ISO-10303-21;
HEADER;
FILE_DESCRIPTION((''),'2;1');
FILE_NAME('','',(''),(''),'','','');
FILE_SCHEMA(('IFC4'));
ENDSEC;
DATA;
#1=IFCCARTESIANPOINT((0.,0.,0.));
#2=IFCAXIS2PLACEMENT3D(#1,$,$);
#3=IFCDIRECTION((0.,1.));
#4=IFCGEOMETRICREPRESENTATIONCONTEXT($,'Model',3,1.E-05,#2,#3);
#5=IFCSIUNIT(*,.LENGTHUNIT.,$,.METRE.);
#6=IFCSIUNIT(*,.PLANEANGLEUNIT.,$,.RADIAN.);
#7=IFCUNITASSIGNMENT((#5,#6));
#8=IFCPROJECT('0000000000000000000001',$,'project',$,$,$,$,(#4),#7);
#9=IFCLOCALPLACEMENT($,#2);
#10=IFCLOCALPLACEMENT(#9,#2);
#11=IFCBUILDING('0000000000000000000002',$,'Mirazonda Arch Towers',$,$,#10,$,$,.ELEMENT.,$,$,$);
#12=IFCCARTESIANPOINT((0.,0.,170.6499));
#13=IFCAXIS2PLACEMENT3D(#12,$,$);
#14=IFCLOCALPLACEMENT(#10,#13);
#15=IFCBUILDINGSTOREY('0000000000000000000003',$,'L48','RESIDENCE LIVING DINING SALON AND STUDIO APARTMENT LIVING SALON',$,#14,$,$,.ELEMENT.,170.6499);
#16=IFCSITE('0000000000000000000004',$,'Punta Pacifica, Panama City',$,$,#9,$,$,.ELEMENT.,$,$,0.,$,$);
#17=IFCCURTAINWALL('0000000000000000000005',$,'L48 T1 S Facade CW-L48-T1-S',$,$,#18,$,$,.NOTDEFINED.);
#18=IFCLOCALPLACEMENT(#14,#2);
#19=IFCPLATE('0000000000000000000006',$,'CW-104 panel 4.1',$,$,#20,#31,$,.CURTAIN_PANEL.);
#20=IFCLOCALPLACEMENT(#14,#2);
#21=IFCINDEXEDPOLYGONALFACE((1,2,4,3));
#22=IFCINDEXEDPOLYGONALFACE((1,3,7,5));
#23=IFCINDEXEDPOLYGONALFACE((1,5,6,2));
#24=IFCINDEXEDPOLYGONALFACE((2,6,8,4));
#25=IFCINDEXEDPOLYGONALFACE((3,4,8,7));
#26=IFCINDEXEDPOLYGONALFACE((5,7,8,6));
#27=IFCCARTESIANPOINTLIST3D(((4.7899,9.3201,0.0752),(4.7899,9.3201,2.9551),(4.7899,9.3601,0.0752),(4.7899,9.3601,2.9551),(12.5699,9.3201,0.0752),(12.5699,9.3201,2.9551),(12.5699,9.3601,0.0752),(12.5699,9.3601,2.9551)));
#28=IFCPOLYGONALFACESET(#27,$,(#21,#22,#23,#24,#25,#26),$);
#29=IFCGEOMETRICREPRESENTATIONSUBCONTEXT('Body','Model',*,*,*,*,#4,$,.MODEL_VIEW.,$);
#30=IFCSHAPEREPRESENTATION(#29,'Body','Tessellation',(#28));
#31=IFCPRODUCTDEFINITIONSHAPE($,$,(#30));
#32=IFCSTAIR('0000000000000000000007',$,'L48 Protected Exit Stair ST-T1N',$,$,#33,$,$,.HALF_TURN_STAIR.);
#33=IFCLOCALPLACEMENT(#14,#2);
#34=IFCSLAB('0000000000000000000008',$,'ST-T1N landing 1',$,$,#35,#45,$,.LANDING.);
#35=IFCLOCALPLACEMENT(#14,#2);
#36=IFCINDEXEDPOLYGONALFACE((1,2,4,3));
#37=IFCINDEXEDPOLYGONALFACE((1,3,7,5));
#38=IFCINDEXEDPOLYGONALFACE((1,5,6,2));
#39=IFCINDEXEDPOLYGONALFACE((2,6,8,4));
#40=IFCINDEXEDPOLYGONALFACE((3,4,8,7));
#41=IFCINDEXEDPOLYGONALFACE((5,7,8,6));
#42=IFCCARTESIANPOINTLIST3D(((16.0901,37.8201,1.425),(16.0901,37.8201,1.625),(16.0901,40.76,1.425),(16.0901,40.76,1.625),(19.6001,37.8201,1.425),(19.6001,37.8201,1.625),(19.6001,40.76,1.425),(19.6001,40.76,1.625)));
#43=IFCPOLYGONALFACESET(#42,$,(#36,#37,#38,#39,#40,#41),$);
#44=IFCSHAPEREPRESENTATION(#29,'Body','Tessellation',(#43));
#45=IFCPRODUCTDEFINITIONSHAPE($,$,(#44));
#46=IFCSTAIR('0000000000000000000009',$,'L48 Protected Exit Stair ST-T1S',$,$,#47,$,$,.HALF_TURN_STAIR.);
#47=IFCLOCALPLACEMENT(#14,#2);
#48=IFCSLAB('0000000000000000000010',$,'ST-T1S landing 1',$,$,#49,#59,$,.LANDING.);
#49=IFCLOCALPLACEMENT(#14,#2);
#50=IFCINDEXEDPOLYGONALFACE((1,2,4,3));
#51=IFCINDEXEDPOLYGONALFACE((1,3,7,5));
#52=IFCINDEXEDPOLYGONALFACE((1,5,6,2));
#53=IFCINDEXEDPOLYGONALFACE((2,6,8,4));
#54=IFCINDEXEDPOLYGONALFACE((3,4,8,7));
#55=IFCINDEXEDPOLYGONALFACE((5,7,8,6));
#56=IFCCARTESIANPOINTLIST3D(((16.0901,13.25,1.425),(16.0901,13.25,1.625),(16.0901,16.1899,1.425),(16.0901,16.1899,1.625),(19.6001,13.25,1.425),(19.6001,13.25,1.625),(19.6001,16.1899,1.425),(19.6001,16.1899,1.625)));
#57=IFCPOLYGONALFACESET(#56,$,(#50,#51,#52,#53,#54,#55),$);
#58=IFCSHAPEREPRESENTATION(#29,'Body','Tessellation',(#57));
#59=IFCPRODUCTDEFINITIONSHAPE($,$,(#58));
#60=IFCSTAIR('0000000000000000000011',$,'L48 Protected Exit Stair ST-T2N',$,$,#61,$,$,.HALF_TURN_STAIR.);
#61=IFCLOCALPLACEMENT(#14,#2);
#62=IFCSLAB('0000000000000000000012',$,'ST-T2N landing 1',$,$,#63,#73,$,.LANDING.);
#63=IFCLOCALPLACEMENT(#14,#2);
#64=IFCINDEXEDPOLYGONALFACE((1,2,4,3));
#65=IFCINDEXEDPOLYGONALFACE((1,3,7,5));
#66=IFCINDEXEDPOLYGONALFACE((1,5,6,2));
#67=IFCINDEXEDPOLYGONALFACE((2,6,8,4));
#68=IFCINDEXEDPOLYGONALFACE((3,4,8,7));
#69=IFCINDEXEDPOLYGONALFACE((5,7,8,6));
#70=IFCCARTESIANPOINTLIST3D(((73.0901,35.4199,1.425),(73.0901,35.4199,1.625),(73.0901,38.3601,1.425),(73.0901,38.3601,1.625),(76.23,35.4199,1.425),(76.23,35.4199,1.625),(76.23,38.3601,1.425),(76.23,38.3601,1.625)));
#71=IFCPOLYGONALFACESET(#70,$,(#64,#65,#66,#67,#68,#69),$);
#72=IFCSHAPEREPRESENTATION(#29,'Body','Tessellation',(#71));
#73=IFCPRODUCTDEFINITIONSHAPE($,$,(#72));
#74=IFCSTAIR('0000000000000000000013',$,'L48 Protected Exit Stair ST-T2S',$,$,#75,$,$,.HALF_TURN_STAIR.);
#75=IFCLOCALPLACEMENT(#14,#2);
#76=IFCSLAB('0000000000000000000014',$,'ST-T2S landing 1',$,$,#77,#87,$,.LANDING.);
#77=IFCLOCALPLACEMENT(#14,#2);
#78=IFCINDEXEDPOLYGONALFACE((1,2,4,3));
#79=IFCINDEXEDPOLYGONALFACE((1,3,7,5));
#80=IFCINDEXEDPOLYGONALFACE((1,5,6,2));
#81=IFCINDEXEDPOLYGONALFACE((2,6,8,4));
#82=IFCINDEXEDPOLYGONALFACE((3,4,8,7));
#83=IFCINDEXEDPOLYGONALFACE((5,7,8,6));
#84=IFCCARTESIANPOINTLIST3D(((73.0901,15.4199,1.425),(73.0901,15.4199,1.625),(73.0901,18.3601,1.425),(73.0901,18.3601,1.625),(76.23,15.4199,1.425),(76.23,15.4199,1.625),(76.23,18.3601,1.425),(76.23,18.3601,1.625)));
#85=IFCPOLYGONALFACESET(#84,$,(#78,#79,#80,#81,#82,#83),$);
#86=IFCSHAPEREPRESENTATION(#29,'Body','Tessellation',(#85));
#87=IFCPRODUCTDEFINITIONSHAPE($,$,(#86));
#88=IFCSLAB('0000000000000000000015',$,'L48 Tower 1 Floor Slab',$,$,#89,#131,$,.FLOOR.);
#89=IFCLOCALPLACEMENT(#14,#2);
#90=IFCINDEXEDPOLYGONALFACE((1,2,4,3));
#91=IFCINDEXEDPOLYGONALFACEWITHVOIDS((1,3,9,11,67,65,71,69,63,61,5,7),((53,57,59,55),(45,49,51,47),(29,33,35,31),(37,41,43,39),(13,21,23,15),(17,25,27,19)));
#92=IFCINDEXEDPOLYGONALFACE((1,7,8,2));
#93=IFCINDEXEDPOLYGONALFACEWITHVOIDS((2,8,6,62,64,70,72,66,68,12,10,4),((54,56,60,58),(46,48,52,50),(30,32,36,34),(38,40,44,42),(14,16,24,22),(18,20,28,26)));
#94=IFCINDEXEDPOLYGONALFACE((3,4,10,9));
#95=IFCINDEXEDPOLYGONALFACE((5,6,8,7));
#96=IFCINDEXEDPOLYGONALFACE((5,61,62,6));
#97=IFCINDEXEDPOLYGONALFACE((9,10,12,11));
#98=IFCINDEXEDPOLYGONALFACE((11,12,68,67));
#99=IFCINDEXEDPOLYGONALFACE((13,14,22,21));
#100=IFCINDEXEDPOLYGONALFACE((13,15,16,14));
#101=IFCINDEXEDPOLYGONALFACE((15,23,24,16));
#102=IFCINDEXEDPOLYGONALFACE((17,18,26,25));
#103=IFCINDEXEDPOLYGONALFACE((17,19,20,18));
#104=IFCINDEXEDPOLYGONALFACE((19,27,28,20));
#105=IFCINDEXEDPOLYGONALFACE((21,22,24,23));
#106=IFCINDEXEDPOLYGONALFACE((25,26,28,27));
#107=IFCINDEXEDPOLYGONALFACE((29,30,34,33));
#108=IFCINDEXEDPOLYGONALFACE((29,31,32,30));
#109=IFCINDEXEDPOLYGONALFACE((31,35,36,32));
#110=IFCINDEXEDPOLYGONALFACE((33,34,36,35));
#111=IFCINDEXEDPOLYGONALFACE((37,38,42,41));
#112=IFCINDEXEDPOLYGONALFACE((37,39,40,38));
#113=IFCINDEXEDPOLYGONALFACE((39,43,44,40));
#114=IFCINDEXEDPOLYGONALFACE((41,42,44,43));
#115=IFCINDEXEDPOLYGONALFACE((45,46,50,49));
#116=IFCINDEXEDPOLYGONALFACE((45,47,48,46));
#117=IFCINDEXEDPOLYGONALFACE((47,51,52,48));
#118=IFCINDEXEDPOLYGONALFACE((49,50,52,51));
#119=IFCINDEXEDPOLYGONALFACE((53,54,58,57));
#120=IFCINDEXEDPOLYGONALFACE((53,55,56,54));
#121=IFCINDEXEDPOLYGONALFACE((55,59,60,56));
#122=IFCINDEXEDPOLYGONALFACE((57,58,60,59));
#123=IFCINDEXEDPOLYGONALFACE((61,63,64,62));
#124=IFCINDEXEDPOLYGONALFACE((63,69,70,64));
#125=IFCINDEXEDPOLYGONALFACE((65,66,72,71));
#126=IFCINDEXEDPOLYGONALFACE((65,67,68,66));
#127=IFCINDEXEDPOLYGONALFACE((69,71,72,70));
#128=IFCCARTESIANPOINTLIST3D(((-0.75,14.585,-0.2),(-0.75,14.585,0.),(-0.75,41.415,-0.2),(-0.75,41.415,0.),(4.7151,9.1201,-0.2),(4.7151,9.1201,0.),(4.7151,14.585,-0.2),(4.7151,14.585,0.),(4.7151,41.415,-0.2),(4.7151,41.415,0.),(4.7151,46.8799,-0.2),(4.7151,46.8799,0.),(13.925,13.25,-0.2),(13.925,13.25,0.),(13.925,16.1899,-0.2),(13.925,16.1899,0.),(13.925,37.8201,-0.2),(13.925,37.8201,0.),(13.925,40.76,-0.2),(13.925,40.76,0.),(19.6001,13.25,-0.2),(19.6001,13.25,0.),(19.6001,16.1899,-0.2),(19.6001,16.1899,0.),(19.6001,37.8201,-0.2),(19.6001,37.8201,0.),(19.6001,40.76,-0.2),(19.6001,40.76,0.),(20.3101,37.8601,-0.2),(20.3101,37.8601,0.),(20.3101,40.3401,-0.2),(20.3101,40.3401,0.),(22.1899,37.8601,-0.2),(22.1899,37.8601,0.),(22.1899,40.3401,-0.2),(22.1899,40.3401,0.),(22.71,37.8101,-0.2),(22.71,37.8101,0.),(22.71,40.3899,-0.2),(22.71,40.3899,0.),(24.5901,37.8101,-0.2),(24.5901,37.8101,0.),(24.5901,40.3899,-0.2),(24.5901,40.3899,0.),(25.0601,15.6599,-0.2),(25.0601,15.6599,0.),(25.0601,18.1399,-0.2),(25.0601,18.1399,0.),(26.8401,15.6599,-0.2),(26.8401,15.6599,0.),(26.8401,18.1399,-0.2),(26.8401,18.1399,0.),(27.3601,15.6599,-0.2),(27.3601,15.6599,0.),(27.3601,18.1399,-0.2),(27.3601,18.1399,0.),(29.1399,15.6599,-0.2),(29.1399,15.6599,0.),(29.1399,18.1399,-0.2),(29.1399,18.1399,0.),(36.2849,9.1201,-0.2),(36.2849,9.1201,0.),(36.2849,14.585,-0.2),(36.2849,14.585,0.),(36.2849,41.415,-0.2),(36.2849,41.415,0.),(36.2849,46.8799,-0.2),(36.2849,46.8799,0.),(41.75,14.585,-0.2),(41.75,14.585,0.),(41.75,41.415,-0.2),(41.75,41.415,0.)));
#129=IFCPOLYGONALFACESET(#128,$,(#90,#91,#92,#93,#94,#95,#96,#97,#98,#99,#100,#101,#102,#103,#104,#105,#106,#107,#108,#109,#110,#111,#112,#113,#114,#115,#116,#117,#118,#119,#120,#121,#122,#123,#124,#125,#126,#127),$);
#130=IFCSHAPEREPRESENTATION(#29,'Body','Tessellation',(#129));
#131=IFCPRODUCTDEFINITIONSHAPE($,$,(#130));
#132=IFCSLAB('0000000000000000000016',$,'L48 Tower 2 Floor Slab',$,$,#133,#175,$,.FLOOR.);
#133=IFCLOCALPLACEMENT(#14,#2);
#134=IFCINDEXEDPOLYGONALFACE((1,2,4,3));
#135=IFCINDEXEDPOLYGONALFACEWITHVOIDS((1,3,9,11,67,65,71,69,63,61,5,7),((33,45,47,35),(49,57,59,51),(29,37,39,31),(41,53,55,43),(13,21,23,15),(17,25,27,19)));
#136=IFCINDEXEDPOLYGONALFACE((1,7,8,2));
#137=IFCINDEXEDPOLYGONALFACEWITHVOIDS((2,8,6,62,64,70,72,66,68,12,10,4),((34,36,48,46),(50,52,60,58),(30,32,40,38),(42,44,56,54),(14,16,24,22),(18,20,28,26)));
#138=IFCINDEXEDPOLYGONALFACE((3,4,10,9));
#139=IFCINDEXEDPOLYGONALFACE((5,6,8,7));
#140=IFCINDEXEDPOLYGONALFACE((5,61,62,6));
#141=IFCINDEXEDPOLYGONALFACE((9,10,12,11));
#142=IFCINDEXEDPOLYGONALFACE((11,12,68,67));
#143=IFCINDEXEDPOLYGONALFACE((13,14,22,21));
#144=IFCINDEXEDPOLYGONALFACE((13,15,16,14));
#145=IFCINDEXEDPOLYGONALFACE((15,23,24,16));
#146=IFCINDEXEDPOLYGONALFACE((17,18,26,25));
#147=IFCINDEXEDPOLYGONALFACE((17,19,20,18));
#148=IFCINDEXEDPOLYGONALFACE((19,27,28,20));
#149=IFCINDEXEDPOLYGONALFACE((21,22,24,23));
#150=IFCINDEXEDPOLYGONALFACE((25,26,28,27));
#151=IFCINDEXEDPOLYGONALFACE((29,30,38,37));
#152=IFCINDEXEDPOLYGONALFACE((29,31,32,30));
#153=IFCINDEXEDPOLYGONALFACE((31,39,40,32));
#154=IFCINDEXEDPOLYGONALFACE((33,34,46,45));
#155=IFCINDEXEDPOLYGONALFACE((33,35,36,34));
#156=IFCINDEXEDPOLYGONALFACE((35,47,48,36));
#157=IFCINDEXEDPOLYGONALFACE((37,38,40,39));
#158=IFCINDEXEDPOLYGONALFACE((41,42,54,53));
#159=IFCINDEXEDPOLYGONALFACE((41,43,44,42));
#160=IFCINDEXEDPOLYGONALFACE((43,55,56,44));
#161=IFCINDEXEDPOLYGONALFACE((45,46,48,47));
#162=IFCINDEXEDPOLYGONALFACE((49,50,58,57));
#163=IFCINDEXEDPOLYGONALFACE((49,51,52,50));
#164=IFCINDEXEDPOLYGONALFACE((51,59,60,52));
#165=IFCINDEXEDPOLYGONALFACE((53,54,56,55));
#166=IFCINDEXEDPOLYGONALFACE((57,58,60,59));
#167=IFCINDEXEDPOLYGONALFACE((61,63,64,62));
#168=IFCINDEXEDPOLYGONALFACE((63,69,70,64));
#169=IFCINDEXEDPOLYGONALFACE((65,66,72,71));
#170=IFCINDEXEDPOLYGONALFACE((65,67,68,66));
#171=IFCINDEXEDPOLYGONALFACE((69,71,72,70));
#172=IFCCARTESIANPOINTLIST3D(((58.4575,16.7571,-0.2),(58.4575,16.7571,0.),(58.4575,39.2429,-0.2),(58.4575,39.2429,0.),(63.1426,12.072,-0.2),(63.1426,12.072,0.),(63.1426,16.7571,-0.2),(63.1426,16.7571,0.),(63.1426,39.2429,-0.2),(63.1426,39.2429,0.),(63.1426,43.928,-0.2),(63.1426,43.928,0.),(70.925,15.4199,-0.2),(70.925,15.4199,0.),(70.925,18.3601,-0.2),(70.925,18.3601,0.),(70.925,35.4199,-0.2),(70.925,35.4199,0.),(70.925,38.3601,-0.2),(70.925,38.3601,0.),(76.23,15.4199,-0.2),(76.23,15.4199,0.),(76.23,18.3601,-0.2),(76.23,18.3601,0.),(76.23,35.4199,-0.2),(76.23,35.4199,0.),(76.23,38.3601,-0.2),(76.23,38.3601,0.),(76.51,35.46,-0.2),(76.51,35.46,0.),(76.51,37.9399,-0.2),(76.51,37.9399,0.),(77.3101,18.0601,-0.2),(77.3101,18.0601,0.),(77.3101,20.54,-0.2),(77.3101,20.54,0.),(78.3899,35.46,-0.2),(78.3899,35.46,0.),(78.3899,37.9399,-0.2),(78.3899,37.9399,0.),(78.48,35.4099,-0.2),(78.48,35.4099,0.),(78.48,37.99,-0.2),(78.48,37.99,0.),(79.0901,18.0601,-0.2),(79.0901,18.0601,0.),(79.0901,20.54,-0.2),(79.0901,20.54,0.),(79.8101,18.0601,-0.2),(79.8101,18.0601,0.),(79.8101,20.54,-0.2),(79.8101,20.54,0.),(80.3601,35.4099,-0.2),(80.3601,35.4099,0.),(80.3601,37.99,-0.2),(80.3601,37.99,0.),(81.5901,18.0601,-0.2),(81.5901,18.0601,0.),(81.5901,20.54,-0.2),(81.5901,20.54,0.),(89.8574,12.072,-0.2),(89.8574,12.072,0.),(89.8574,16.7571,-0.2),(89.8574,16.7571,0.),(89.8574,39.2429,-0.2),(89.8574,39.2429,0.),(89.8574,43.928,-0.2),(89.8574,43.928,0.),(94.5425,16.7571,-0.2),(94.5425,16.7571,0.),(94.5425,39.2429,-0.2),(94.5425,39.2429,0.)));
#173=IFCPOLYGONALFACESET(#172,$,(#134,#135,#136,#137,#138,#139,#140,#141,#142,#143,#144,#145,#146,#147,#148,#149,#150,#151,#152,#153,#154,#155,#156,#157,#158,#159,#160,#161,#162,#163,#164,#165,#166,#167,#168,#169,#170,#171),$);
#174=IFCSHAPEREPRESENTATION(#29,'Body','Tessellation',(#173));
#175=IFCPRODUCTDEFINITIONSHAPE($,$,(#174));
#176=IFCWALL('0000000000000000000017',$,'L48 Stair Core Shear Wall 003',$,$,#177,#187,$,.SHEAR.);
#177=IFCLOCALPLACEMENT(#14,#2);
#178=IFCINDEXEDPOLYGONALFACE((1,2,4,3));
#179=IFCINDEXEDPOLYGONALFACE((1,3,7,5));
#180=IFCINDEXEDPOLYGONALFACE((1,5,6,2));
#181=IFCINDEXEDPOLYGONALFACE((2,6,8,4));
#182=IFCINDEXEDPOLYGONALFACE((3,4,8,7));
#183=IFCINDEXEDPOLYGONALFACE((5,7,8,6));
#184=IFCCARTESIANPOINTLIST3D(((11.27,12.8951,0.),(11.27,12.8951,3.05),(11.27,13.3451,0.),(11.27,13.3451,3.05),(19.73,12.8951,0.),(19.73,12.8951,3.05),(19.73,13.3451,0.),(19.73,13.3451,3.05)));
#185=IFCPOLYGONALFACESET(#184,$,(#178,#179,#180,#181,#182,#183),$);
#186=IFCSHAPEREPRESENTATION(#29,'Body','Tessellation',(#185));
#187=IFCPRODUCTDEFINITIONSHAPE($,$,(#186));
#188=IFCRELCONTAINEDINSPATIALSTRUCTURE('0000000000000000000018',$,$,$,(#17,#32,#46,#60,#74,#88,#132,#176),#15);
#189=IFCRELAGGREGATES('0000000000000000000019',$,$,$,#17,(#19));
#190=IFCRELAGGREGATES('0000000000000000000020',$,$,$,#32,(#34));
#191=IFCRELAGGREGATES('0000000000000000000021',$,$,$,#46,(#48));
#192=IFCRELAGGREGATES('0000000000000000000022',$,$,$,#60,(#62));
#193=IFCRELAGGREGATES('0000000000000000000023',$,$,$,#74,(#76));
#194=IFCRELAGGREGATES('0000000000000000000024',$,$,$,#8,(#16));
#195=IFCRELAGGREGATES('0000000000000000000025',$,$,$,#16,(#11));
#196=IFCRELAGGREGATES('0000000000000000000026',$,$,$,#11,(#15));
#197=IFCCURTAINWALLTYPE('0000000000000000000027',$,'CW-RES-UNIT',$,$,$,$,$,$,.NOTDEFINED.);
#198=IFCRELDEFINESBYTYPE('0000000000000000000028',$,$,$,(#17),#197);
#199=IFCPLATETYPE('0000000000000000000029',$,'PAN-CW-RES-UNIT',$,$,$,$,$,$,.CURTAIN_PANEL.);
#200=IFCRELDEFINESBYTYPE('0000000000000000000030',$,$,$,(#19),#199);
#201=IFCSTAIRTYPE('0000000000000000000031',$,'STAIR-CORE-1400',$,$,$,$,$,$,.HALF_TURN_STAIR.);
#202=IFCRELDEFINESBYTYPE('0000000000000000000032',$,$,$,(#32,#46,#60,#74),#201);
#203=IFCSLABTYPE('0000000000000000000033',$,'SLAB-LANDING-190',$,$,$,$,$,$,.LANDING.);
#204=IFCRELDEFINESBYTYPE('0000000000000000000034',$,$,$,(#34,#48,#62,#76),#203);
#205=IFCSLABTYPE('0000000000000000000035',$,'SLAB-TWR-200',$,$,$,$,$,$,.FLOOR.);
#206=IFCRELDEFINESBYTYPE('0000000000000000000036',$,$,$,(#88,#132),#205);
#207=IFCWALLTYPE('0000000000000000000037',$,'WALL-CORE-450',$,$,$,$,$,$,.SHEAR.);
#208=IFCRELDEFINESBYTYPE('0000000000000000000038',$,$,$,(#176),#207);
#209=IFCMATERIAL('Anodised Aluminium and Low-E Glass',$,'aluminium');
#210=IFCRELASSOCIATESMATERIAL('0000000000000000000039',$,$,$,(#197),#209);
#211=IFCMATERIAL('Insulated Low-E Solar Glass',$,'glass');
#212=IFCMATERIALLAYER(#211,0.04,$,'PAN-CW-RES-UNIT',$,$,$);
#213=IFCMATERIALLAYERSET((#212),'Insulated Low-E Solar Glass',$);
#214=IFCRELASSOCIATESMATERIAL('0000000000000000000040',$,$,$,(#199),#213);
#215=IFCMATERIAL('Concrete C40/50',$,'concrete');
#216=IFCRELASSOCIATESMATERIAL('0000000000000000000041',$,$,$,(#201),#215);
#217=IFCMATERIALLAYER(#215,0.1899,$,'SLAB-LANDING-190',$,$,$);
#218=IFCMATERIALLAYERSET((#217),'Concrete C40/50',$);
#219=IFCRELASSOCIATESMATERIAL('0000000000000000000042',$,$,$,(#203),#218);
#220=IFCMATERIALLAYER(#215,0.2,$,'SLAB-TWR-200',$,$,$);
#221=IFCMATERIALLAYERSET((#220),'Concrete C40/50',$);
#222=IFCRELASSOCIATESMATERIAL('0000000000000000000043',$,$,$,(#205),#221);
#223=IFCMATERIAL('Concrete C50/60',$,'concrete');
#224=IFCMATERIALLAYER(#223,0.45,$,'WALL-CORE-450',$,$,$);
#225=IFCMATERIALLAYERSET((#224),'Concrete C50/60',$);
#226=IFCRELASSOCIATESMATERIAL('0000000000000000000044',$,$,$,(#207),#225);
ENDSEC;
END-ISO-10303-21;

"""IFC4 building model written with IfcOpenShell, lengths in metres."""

from ifc_helpers import new_model, si_unit, direction, frame, frame_2d, origin, origin_2d, place, context, subcontext, project, spatial, polyline, rectangle, outline, extrude, material, layer, layer_set, type_object, element, aggregate, save


model = new_model("IFC4")

# Units and contexts
model_context = context("Model", 3, precision=1e-05, world=origin(), true_north=direction((0.0, 1.0)))
body_context = subcontext(model_context, "Body", "Model", "MODEL_VIEW")
ifc_project = project(units=[si_unit("LENGTHUNIT", "METRE"), si_unit("PLANEANGLEUNIT", "RADIAN")], contexts=[model_context])

# Site, building, storey
site_placement = place(None, origin())
site = spatial("IfcSite", under=ifc_project, at=site_placement, Name="Punta Pacifica, Panama City", CompositionType="ELEMENT", RefElevation=0.0)
building_placement = place(site_placement, origin())
building = spatial("IfcBuilding", under=site, at=building_placement, Name="Mirazonda Arch Towers", CompositionType="ELEMENT")
storey_placement = place(building_placement, frame((0.0, 0.0, 170.6499)))
storey = spatial("IfcBuildingStorey", under=building, at=storey_placement, Name="L48", Description="RESIDENCE LIVING DINING SALON AND STUDIO APARTMENT LIVING SALON", CompositionType="ELEMENT", Elevation=170.6499)

# Shared definitions
ifc_material_1 = material(Name="Concrete C50/60", Category="concrete")

# Curtain wall
ifc_material_2 = material(Name="Anodised Aluminium and Low-E Glass", Category="aluminium")
curtain_wall_type = type_object("IfcCurtainWallType", Name="CW-RES-UNIT", PredefinedType="NOTDEFINED", material=ifc_material_2)
curtain_wall_1_placement = place(storey_placement, origin())
curtain_wall_1 = element("IfcCurtainWall", 1, at=curtain_wall_1_placement, inside=storey, type_object=curtain_wall_type, Name="L48 T1 S Facade CW-L48-T1-S", PredefinedType="NOTDEFINED")

# Plate
ifc_material_3 = material(Name="Insulated Low-E Solar Glass", Category="glass")
ifc_layer_1 = layer(ifc_material_3, 0.04, Name="PAN-CW-RES-UNIT")
ifc_layer_set_1 = layer_set([ifc_layer_1], Name="Insulated Low-E Solar Glass")
plate_type = type_object("IfcPlateType", Name="PAN-CW-RES-UNIT", PredefinedType="CURTAIN_PANEL", material=ifc_layer_set_1)
plate_placement = place(storey_placement, frame((8.6799, 9.3401, 0.0752), z_axis=(0.0, 0.0, 1.0), x_axis=(-1.0, 0.0, 0.0)))
plate = element("IfcPlate", 2, at=plate_placement, type_object=plate_type, Name="CW-104 panel 4.1", PredefinedType="CURTAIN_PANEL", context=body_context, shape_type="SweptSolid", body=[
    extrude(rectangle(XDim=7.78, YDim=0.04, at=origin_2d()), origin(), (0.0, 0.0, 1.0), 2.8799),
])
aggregate(curtain_wall_1, [plate])

# Stairs, slabs
ifc_material_4 = material(Name="Concrete C40/50", Category="concrete")
stair_type = type_object("IfcStairType", Name="STAIR-CORE-1400", PredefinedType="HALF_TURN_STAIR", material=ifc_material_4)
stair_1_placement = place(storey_placement, origin())
stair_1 = element("IfcStair", 3, at=stair_1_placement, inside=storey, type_object=stair_type, Name="L48 Protected Exit Stair ST-T1N", PredefinedType="HALF_TURN_STAIR")
ifc_layer_2 = layer(ifc_material_4, 0.1899, Name="SLAB-LANDING-190")
ifc_layer_set_2 = layer_set([ifc_layer_2], Name="Concrete C40/50")
slab_type_1 = type_object("IfcSlabType", Name="SLAB-LANDING-190", PredefinedType="LANDING", material=ifc_layer_set_2)
slab_1_placement = place(storey_placement, frame((0.0, 0.0, 1.425)))
slab_1 = element("IfcSlab", 4, at=slab_1_placement, type_object=slab_type_1, Name="ST-T1N landing 1", PredefinedType="LANDING", context=body_context, shape_type="SweptSolid", body=[
    extrude(outline(polyline([(16.0901, 37.8201), (19.6001, 37.8201), (19.6001, 40.76), (16.0901, 40.76), (16.0901, 37.8201)])), origin(), (0.0, 0.0, 1.0), 0.2),
])
aggregate(stair_1, [slab_1])
stair_2_placement = place(storey_placement, origin())
stair_2 = element("IfcStair", 5, at=stair_2_placement, inside=storey, type_object=stair_type, Name="L48 Protected Exit Stair ST-T1S", PredefinedType="HALF_TURN_STAIR")
slab_2_placement = place(storey_placement, frame((0.0, 0.0, 1.425)))
slab_2 = element("IfcSlab", 6, at=slab_2_placement, type_object=slab_type_1, Name="ST-T1S landing 1", PredefinedType="LANDING", context=body_context, shape_type="SweptSolid", body=[
    extrude(outline(polyline([(16.0901, 13.25), (19.6001, 13.25), (19.6001, 16.1899), (16.0901, 16.1899), (16.0901, 13.25)])), origin(), (0.0, 0.0, 1.0), 0.2),
])
aggregate(stair_2, [slab_2])
stair_3_placement = place(storey_placement, origin())
stair_3 = element("IfcStair", 7, at=stair_3_placement, inside=storey, type_object=stair_type, Name="L48 Protected Exit Stair ST-T2N", PredefinedType="HALF_TURN_STAIR")
slab_3_placement = place(storey_placement, frame((0.0, 0.0, 1.425)))
slab_3 = element("IfcSlab", 8, at=slab_3_placement, type_object=slab_type_1, Name="ST-T2N landing 1", PredefinedType="LANDING", context=body_context, shape_type="SweptSolid", body=[
    extrude(outline(polyline([(73.0901, 35.4199), (76.23, 35.4199), (76.23, 38.3601), (73.0901, 38.3601), (73.0901, 35.4199)])), origin(), (0.0, 0.0, 1.0), 0.2),
])
aggregate(stair_3, [slab_3])
stair_4_placement = place(storey_placement, origin())
stair_4 = element("IfcStair", 9, at=stair_4_placement, inside=storey, type_object=stair_type, Name="L48 Protected Exit Stair ST-T2S", PredefinedType="HALF_TURN_STAIR")
slab_4_placement = place(storey_placement, frame((0.0, 0.0, 1.425)))
slab_4 = element("IfcSlab", 10, at=slab_4_placement, type_object=slab_type_1, Name="ST-T2S landing 1", PredefinedType="LANDING", context=body_context, shape_type="SweptSolid", body=[
    extrude(outline(polyline([(73.0901, 15.4199), (76.23, 15.4199), (76.23, 18.3601), (73.0901, 18.3601), (73.0901, 15.4199)])), origin(), (0.0, 0.0, 1.0), 0.2),
])
aggregate(stair_4, [slab_4])

# Slabs
ifc_layer_3 = layer(ifc_material_4, 0.2, Name="SLAB-TWR-200")
ifc_layer_set_3 = layer_set([ifc_layer_3], Name="Concrete C40/50")
slab_type_2 = type_object("IfcSlabType", Name="SLAB-TWR-200", PredefinedType="FLOOR", material=ifc_layer_set_3)
slab_5_placement = place(storey_placement, frame((0.0, 0.0, -0.2)))
element("IfcSlab", 11, at=slab_5_placement, inside=storey, type_object=slab_type_2, Name="L48 Tower 1 Floor Slab", PredefinedType="FLOOR", context=body_context, shape_type="SweptSolid", body=[
    extrude(outline(polyline([(4.7151, 9.1201), (36.2849, 9.1201), (36.2849, 14.585), (41.75, 14.585), (41.75, 41.415), (36.2849, 41.415), (36.2849, 46.8799), (4.7151, 46.8799), (4.7151, 41.415), (-0.75, 41.415), (-0.75, 14.585), (4.7151, 14.585), (4.7151, 9.1201)]), holes=[polyline([(27.3601, 18.1399), (29.1399, 18.1399), (29.1399, 15.6599), (27.3601, 15.6599), (27.3601, 18.1399)]), polyline([(25.0601, 18.1399), (26.8401, 18.1399), (26.8401, 15.6599), (25.0601, 15.6599), (25.0601, 18.1399)]), polyline([(22.71, 40.3899), (24.5901, 40.3899), (24.5901, 37.8101), (22.71, 37.8101), (22.71, 40.3899)]), polyline([(20.3101, 37.8601), (20.3101, 40.3401), (22.1899, 40.3401), (22.1899, 37.8601), (20.3101, 37.8601)]), polyline([(19.6001, 13.25), (13.925, 13.25), (13.925, 16.1899), (19.6001, 16.1899), (19.6001, 13.25)]), polyline([(13.925, 37.8201), (13.925, 40.76), (19.6001, 40.76), (19.6001, 37.8201), (13.925, 37.8201)])]), origin(), (0.0, 0.0, 1.0), 0.2),
])
slab_6_placement = place(storey_placement, frame((0.0, 0.0, -0.2)))
element("IfcSlab", 12, at=slab_6_placement, inside=storey, type_object=slab_type_2, Name="L48 Tower 2 Floor Slab", PredefinedType="FLOOR", context=body_context, shape_type="SweptSolid", body=[
    extrude(outline(polyline([(63.1426, 12.072), (89.8574, 12.072), (89.8574, 16.7571), (94.5425, 16.7571), (94.5425, 39.2429), (89.8574, 39.2429), (89.8574, 43.928), (63.1426, 43.928), (63.1426, 39.2429), (58.4575, 39.2429), (58.4575, 16.7571), (63.1426, 16.7571), (63.1426, 12.072)]), holes=[polyline([(79.8101, 20.54), (81.5901, 20.54), (81.5901, 18.0601), (79.8101, 18.0601), (79.8101, 20.54)]), polyline([(78.48, 37.99), (80.3601, 37.99), (80.3601, 35.4099), (78.48, 35.4099), (78.48, 37.99)]), polyline([(77.3101, 20.54), (79.0901, 20.54), (79.0901, 18.0601), (77.3101, 18.0601), (77.3101, 20.54)]), polyline([(76.51, 35.46), (76.51, 37.9399), (78.3899, 37.9399), (78.3899, 35.46), (76.51, 35.46)]), polyline([(76.23, 15.4199), (70.925, 15.4199), (70.925, 18.3601), (76.23, 18.3601), (76.23, 15.4199)]), polyline([(70.925, 35.4199), (70.925, 38.3601), (76.23, 38.3601), (76.23, 35.4199), (70.925, 35.4199)])]), origin(), (0.0, 0.0, 1.0), 0.2),
])

# Wall
ifc_layer_4 = layer(ifc_material_1, 0.45, Name="WALL-CORE-450")
ifc_layer_set_4 = layer_set([ifc_layer_4], Name="Concrete C50/60")
wall_type_1 = type_object("IfcWallType", Name="WALL-CORE-450", PredefinedType="SHEAR", material=ifc_layer_set_4)
wall_1_placement = place(storey_placement, frame((11.27, 13.1201, 0.0), z_axis=(0.0, 0.0, 1.0), x_axis=(1.0, 0.0, 0.0)))
element("IfcWall", 13, at=wall_1_placement, inside=storey, type_object=wall_type_1, Name="L48 Stair Core Shear Wall 003", PredefinedType="SHEAR", context=body_context, shape_type="SweptSolid", body=[
    extrude(rectangle(XDim=8.46, YDim=0.45, at=frame_2d((4.23, 0.0))), origin(), (0.0, 0.0, 1.0), 3.05),
])

save(model, "model.ifc")
